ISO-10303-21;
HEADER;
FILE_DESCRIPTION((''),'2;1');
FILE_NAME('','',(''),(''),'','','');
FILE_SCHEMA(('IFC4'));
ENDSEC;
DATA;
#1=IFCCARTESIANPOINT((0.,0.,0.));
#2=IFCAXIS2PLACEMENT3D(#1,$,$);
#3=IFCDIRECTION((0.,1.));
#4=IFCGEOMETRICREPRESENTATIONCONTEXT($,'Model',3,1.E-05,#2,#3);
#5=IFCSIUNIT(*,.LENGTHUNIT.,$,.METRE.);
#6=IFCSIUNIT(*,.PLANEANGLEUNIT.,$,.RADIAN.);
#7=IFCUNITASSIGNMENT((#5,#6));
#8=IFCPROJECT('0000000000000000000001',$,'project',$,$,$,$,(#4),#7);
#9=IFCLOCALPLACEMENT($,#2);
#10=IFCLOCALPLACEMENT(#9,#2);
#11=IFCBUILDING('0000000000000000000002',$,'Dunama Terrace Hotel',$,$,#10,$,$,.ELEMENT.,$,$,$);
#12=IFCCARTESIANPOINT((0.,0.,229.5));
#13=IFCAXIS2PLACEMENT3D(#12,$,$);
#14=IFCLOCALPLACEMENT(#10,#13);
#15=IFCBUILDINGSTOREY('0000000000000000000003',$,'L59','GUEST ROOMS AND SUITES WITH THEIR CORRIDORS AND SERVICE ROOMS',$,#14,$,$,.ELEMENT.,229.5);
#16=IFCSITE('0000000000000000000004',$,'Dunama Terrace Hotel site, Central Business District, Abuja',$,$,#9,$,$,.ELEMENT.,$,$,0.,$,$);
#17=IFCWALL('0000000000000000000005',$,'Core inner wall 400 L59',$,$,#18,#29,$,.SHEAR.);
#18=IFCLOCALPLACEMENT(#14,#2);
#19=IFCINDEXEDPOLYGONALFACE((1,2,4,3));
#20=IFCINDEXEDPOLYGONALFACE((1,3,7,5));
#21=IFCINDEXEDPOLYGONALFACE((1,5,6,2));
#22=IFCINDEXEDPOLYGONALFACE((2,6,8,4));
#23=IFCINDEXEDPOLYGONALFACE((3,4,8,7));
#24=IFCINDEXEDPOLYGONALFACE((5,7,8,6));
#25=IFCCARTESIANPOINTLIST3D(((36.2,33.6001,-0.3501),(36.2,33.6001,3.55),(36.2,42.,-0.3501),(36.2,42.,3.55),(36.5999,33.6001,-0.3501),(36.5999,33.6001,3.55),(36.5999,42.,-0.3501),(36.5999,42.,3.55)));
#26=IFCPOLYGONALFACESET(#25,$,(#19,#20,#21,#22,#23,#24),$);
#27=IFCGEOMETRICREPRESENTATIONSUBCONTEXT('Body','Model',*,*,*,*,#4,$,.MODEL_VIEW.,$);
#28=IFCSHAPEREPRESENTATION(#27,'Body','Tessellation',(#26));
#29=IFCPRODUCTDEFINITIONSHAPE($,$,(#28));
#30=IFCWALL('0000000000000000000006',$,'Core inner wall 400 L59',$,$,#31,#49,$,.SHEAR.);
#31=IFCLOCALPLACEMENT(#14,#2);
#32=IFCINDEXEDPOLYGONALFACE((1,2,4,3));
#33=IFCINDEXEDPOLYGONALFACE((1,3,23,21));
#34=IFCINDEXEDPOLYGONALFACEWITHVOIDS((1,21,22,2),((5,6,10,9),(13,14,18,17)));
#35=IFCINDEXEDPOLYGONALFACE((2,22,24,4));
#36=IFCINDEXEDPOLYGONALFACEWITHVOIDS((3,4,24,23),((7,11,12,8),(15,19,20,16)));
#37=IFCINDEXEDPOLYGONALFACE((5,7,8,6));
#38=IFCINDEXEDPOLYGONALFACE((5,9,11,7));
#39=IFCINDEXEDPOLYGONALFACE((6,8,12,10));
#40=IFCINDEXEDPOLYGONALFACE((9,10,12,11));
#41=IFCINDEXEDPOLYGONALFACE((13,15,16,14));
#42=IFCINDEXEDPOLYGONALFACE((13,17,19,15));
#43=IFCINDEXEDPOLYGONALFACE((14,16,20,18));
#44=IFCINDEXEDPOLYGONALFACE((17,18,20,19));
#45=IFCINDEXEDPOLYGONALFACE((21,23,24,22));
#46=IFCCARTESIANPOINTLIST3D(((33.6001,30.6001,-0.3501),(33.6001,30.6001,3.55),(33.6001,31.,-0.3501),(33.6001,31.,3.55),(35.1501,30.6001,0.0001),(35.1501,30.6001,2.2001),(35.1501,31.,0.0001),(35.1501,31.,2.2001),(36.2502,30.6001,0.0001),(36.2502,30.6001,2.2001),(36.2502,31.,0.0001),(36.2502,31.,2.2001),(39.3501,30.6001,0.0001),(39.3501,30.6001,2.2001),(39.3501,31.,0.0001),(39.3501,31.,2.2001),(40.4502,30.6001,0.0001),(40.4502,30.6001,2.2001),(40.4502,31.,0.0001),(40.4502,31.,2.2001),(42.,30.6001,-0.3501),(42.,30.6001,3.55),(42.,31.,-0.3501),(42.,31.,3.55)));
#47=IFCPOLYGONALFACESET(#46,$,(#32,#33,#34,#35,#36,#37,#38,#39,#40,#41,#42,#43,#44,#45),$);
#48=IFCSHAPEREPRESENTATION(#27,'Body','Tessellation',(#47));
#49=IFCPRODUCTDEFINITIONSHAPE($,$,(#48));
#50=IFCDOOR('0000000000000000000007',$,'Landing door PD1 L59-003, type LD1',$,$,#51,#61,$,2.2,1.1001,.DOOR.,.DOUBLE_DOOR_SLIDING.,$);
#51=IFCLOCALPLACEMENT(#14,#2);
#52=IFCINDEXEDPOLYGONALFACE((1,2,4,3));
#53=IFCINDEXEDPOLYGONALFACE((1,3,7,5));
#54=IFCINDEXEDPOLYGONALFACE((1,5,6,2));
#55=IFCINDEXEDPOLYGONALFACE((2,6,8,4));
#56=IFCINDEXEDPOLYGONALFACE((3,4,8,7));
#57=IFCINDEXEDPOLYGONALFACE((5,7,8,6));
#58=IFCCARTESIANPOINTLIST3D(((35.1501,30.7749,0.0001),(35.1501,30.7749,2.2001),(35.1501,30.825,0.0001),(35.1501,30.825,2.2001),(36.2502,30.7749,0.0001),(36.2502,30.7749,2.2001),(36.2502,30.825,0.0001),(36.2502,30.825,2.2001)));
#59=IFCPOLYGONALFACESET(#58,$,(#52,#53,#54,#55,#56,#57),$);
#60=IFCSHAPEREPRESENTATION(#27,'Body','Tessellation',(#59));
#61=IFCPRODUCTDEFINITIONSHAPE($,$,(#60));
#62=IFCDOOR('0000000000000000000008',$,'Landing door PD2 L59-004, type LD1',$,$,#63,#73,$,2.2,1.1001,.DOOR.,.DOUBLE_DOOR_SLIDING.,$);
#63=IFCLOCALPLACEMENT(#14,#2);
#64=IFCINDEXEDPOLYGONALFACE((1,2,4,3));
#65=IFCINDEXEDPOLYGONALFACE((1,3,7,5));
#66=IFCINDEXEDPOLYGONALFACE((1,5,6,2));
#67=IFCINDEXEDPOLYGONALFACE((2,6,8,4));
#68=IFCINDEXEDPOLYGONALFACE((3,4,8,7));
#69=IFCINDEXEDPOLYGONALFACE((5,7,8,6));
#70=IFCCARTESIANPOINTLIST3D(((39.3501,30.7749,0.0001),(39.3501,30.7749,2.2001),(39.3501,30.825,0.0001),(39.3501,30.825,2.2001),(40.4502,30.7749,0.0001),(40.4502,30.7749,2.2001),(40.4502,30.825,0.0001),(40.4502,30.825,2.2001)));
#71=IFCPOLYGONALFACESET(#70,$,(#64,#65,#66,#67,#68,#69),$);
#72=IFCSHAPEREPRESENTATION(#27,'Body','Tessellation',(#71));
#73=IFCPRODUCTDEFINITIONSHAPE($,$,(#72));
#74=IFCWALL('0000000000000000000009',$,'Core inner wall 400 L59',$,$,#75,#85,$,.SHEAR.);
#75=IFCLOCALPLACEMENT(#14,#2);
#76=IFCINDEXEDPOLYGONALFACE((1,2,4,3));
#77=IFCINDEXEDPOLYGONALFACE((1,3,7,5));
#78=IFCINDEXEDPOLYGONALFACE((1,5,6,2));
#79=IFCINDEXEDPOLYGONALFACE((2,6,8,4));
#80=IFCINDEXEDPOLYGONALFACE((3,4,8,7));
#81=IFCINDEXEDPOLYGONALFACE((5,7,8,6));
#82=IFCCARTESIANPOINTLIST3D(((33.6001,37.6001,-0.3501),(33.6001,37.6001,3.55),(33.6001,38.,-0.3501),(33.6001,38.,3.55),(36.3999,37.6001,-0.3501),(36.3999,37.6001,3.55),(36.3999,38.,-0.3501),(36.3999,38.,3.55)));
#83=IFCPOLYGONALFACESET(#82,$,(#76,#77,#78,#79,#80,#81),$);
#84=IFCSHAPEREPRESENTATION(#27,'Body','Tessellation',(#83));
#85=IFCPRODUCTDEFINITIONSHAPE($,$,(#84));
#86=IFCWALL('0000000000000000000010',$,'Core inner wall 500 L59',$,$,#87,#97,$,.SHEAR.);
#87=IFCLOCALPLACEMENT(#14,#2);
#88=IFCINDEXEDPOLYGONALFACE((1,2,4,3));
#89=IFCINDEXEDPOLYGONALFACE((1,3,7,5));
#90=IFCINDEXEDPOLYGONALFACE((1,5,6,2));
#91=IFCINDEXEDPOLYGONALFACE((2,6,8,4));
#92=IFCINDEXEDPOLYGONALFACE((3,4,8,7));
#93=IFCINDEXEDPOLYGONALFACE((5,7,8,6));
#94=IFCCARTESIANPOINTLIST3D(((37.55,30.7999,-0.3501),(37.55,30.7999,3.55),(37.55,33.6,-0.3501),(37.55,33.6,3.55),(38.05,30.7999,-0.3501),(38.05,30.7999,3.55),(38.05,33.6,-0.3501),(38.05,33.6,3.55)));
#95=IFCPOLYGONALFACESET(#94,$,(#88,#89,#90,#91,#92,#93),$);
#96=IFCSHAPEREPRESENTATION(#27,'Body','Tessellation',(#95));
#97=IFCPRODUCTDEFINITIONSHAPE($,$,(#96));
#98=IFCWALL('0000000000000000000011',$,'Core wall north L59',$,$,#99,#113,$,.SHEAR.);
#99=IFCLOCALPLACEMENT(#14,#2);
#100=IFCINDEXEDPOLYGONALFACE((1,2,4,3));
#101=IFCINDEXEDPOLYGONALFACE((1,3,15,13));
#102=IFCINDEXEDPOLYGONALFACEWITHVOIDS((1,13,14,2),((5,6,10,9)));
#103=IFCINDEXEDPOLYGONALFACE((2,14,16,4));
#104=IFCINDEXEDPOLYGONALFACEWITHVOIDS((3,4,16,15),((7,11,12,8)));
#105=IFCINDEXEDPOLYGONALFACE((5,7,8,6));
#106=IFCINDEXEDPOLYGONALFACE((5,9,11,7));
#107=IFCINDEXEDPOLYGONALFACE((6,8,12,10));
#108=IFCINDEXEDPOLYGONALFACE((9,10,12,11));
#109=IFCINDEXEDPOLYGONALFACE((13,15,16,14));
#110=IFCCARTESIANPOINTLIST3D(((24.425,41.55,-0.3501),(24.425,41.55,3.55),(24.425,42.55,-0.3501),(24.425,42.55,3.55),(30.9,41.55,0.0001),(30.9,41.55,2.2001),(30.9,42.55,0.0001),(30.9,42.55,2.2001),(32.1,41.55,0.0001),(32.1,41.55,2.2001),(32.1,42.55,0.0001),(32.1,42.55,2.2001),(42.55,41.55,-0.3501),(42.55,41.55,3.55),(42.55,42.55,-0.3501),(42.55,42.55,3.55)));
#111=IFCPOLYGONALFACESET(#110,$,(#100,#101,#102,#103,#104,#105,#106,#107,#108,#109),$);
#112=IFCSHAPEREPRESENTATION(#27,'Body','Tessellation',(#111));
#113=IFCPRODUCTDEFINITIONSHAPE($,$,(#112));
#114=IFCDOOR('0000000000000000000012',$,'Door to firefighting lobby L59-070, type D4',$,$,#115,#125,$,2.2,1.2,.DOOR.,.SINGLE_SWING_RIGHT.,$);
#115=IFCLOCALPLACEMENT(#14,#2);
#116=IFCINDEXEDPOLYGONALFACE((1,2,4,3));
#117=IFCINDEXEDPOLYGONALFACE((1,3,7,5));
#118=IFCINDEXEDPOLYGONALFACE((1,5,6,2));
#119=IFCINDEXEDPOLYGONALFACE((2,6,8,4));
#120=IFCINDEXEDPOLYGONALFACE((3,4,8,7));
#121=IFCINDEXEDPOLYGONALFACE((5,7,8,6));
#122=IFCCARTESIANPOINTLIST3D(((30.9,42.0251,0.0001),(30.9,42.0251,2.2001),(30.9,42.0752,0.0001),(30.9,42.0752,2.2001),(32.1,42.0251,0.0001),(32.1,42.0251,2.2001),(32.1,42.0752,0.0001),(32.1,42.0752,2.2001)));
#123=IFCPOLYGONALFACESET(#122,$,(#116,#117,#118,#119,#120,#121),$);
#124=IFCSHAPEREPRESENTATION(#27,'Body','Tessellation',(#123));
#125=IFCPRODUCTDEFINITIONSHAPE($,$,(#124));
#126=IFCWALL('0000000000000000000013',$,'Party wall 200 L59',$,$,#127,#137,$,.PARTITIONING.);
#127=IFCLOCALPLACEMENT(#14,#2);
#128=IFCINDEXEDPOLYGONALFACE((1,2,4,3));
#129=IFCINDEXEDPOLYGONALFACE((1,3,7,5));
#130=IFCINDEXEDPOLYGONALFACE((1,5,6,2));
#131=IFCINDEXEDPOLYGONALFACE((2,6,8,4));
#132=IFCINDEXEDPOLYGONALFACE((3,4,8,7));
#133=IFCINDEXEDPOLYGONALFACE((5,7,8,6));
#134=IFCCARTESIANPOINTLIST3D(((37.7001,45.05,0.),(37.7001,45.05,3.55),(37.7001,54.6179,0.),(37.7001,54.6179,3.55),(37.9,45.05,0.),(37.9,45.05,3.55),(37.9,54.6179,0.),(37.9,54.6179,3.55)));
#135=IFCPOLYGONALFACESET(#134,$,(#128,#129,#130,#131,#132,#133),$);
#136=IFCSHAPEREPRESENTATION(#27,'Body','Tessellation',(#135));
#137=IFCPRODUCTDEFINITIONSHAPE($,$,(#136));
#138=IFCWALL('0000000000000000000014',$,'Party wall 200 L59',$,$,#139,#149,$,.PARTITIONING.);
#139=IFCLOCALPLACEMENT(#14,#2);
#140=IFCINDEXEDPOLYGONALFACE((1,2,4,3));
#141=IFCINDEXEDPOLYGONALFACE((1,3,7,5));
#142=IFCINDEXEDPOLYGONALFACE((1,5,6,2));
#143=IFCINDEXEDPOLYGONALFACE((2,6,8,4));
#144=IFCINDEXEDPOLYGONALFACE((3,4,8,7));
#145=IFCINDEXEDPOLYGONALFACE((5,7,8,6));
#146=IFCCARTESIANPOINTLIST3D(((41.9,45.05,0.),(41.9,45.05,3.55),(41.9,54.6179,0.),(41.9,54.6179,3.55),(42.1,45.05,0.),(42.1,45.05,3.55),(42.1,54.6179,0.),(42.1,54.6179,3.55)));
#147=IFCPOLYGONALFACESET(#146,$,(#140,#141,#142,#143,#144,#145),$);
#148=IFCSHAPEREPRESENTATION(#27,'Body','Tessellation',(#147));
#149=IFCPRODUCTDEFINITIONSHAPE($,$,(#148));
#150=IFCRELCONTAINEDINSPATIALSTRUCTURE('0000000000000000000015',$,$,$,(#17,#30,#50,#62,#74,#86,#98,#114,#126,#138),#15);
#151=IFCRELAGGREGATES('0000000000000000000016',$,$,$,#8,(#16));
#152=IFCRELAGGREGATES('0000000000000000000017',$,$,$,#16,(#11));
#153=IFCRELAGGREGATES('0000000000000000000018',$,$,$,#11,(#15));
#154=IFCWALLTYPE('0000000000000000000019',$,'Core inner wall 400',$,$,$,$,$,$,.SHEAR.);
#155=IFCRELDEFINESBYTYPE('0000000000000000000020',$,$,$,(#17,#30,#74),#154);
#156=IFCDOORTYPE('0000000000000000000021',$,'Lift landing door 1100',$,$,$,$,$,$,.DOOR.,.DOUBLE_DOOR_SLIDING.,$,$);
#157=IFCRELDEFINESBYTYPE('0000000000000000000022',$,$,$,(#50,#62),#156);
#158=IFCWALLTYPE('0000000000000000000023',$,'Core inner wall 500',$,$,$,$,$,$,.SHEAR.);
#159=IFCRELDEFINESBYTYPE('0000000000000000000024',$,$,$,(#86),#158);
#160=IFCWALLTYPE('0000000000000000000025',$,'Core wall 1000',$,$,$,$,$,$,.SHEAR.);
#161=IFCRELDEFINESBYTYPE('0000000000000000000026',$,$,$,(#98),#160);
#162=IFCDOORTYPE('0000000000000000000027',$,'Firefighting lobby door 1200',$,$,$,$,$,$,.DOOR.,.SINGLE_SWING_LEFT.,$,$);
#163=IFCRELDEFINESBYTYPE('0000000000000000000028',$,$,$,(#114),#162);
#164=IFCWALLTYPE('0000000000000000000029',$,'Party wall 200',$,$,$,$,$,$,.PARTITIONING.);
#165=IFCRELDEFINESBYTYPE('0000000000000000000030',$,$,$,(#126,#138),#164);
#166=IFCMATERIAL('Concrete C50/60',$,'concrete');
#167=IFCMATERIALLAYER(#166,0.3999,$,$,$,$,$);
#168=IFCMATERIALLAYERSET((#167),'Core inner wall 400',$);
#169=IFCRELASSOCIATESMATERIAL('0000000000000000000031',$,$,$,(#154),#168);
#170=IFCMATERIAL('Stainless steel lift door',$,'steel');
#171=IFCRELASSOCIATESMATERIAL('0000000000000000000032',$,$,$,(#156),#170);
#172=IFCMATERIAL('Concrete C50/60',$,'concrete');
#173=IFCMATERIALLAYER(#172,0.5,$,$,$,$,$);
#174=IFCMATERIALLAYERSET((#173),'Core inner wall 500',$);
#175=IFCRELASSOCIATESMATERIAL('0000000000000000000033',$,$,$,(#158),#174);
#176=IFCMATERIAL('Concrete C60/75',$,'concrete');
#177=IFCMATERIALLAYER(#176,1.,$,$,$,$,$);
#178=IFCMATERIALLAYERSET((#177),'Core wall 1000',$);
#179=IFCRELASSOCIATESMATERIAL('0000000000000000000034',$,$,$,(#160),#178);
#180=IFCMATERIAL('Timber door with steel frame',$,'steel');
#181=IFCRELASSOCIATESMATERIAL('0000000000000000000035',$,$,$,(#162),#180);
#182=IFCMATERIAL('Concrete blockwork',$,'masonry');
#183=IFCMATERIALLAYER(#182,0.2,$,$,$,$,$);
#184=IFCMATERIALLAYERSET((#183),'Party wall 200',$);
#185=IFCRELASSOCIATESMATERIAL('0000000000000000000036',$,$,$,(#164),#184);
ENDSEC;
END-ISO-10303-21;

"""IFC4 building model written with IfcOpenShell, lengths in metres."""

from ifc_helpers import new_model, si_unit, direction, frame, frame_2d, origin, place, context, subcontext, project, spatial, rectangle, extrude, material, layer, layer_set, type_object, element, fill, save


model = new_model("IFC4")

# Units and contexts
model_context = context("Model", 3, precision=1e-05, world=origin(), true_north=direction((0.0, 1.0)))
body_context = subcontext(model_context, "Body", "Model", "MODEL_VIEW")
ifc_project = project(units=[si_unit("LENGTHUNIT", "METRE"), si_unit("PLANEANGLEUNIT", "RADIAN")], contexts=[model_context])

# Site, building, storey
site_placement = place(None, origin())
site = spatial("IfcSite", under=ifc_project, at=site_placement, Name="Dunama Terrace Hotel site, Central Business District, Abuja", CompositionType="ELEMENT", RefElevation=0.0)
building_placement = place(site_placement, origin())
building = spatial("IfcBuilding", under=site, at=building_placement, Name="Dunama Terrace Hotel", CompositionType="ELEMENT")
storey_placement = place(building_placement, frame((0.0, 0.0, 229.5)))
storey = spatial("IfcBuildingStorey", under=building, at=storey_placement, Name="L59", Description="GUEST ROOMS AND SUITES WITH THEIR CORRIDORS AND SERVICE ROOMS", CompositionType="ELEMENT", Elevation=229.5)

# Wall
ifc_material_1 = material(Name="Concrete C50/60", Category="concrete")
ifc_layer_1 = layer(ifc_material_1, 0.3999)
ifc_layer_set_1 = layer_set([ifc_layer_1], Name="Core inner wall 400")
wall_type_1 = type_object("IfcWallType", Name="Core inner wall 400", PredefinedType="SHEAR", material=ifc_layer_set_1)
wall_1_placement = place(storey_placement, frame((36.3999, 33.6001, -0.3501), z_axis=(0.0, 0.0, 1.0), x_axis=(0.0, 1.0, 0.0)))
element("IfcWall", 1, at=wall_1_placement, inside=storey, type_object=wall_type_1, Name="Core inner wall 400 L59", PredefinedType="SHEAR", context=body_context, shape_type="SweptSolid", body=[
    extrude(rectangle(XDim=8.3999, YDim=0.3999, at=frame_2d((4.2, 0.0))), origin(), (0.0, 0.0, 1.0), 3.9001),
])

# Wall, openings, doors
wall_2_placement = place(storey_placement, frame((33.6001, 30.8, -0.3501), z_axis=(0.0, 0.0, 1.0), x_axis=(1.0, 0.0, 0.0)))
wall_2 = element("IfcWall", 2, at=wall_2_placement, inside=storey, type_object=wall_type_1, Name="Core inner wall 400 L59", PredefinedType="SHEAR", context=body_context, shape_type="SweptSolid", body=[
    extrude(rectangle(XDim=8.3999, YDim=0.3999, at=frame_2d((4.2, 0.0))), origin(), (0.0, 0.0, 1.0), 3.9001),
])
opening_1_placement = place(wall_2_placement, frame((1.55, 0.0, 0.3501)))
opening_1 = element("IfcOpeningElement", 3, at=opening_1_placement, cuts=wall_2, PredefinedType="OPENING", context=body_context, shape_type="SweptSolid", body=[
    extrude(rectangle(XDim=1.1001, YDim=2.2, at=frame_2d((0.55, 1.1001))), frame((0.0, 0.21, 0.0), z_axis=(0.0, -1.0, 0.0), x_axis=(1.0, 0.0, 0.0)), (0.0, 0.0, 1.0), 0.4199),
])
opening_2_placement = place(wall_2_placement, frame((5.75, 0.0, 0.3501)))
opening_2 = element("IfcOpeningElement", 4, at=opening_2_placement, cuts=wall_2, PredefinedType="OPENING", context=body_context, shape_type="SweptSolid", body=[
    extrude(rectangle(XDim=1.1001, YDim=2.2, at=frame_2d((0.55, 1.1001))), frame((0.0, 0.21, 0.0), z_axis=(0.0, -1.0, 0.0), x_axis=(1.0, 0.0, 0.0)), (0.0, 0.0, 1.0), 0.4199),
])
ifc_material_2 = material(Name="Stainless steel lift door", Category="steel")
door_type_1 = type_object("IfcDoorType", Name="Lift landing door 1100", OperationType="DOUBLE_DOOR_SLIDING", PredefinedType="DOOR", material=ifc_material_2)
door_1_placement = place(opening_1_placement, origin())
door_1 = element("IfcDoor", 5, at=door_1_placement, inside=storey, type_object=door_type_1, Name="Landing door PD1 L59-003, type LD1", OperationType="DOUBLE_DOOR_SLIDING", OverallHeight=2.2, OverallWidth=1.1001, PredefinedType="DOOR", context=body_context, shape_type="SweptSolid", body=[
    extrude(rectangle(XDim=1.1001, YDim=2.2, at=frame_2d((0.55, 1.1001))), frame((0.0, 0.0249, 0.0), z_axis=(0.0, -1.0, 0.0), x_axis=(1.0, 0.0, 0.0)), (0.0, 0.0, 1.0), 0.05),
])
fill(opening_1, door_1)
door_2_placement = place(opening_2_placement, origin())
door_2 = element("IfcDoor", 6, at=door_2_placement, inside=storey, type_object=door_type_1, Name="Landing door PD2 L59-004, type LD1", OperationType="DOUBLE_DOOR_SLIDING", OverallHeight=2.2, OverallWidth=1.1001, PredefinedType="DOOR", context=body_context, shape_type="SweptSolid", body=[
    extrude(rectangle(XDim=1.1001, YDim=2.2, at=frame_2d((0.55, 1.1001))), frame((0.0, 0.0249, 0.0), z_axis=(0.0, -1.0, 0.0), x_axis=(1.0, 0.0, 0.0)), (0.0, 0.0, 1.0), 0.05),
])
fill(opening_2, door_2)

# Walls
wall_3_placement = place(storey_placement, frame((33.6001, 37.8, -0.3501), z_axis=(0.0, 0.0, 1.0), x_axis=(1.0, 0.0, 0.0)))
element("IfcWall", 7, at=wall_3_placement, inside=storey, type_object=wall_type_1, Name="Core inner wall 400 L59", PredefinedType="SHEAR", context=body_context, shape_type="SweptSolid", body=[
    extrude(rectangle(XDim=2.7998, YDim=0.3999, at=frame_2d((1.3999, 0.0))), origin(), (0.0, 0.0, 1.0), 3.9001),
])
ifc_material_3 = material(Name="Concrete C50/60", Category="concrete")
ifc_layer_2 = layer(ifc_material_3, 0.5)
ifc_layer_set_2 = layer_set([ifc_layer_2], Name="Core inner wall 500")
wall_type_2 = type_object("IfcWallType", Name="Core inner wall 500", PredefinedType="SHEAR", material=ifc_layer_set_2)
wall_4_placement = place(storey_placement, frame((37.8, 30.8, -0.3501), z_axis=(0.0, 0.0, 1.0), x_axis=(0.0, 1.0, 0.0)))
element("IfcWall", 8, at=wall_4_placement, inside=storey, type_object=wall_type_2, Name="Core inner wall 500 L59", PredefinedType="SHEAR", context=body_context, shape_type="SweptSolid", body=[
    extrude(rectangle(XDim=2.8, YDim=0.5, at=frame_2d((1.3999, 0.0))), origin(), (0.0, 0.0, 1.0), 3.9001),
])

# Wall, opening, door
ifc_material_4 = material(Name="Concrete C60/75", Category="concrete")
ifc_layer_3 = layer(ifc_material_4, 1.0)
ifc_layer_set_3 = layer_set([ifc_layer_3], Name="Core wall 1000")
wall_type_3 = type_object("IfcWallType", Name="Core wall 1000", PredefinedType="SHEAR", material=ifc_layer_set_3)
wall_5_placement = place(storey_placement, frame((42.55, 42.05, -0.3501), z_axis=(0.0, 0.0, 1.0), x_axis=(-1.0, 0.0, 0.0)))
wall_5 = element("IfcWall", 9, at=wall_5_placement, inside=storey, type_object=wall_type_3, Name="Core wall north L59", PredefinedType="SHEAR", context=body_context, shape_type="SweptSolid", body=[
    extrude(rectangle(XDim=18.125, YDim=1.0, at=frame_2d((9.0625, 0.0))), origin(), (0.0, 0.0, 1.0), 3.9001),
])
opening_3_placement = place(wall_5_placement, frame((10.45, 0.0, 0.3501)))
opening_3 = element("IfcOpeningElement", 10, at=opening_3_placement, cuts=wall_5, PredefinedType="OPENING", context=body_context, shape_type="SweptSolid", body=[
    extrude(rectangle(XDim=1.2, YDim=2.2, at=frame_2d((0.6001, 1.1001))), frame((0.0, 0.51, 0.0), z_axis=(0.0, -1.0, 0.0), x_axis=(1.0, 0.0, 0.0)), (0.0, 0.0, 1.0), 1.02),
])
ifc_material_5 = material(Name="Timber door with steel frame", Category="steel")
door_type_2 = type_object("IfcDoorType", Name="Firefighting lobby door 1200", OperationType="SINGLE_SWING_LEFT", PredefinedType="DOOR", material=ifc_material_5)
door_3_placement = place(opening_3_placement, origin())
door_3 = element("IfcDoor", 11, at=door_3_placement, inside=storey, type_object=door_type_2, Name="Door to firefighting lobby L59-070, type D4", OperationType="SINGLE_SWING_RIGHT", OverallHeight=2.2, OverallWidth=1.2, PredefinedType="DOOR", context=body_context, shape_type="SweptSolid", body=[
    extrude(rectangle(XDim=1.2, YDim=2.2, at=frame_2d((0.6001, 1.1001))), frame((0.0, 0.0249, 0.0), z_axis=(0.0, -1.0, 0.0), x_axis=(1.0, 0.0, 0.0)), (0.0, 0.0, 1.0), 0.05),
])
fill(opening_3, door_3)

# Walls
ifc_material_6 = material(Name="Concrete blockwork", Category="masonry")
ifc_layer_4 = layer(ifc_material_6, 0.2)
ifc_layer_set_4 = layer_set([ifc_layer_4], Name="Party wall 200")
wall_type_4 = type_object("IfcWallType", Name="Party wall 200", PredefinedType="PARTITIONING", material=ifc_layer_set_4)
for number, where, z_axis, x_axis, name in (
    (12, (37.8, 45.05, 0.0), (0.0, 0.0, 1.0), (0.0, 1.0, 0.0), "Party wall 200 L59"),
    (13, (42.0, 45.05, 0.0), (0.0, 0.0, 1.0), (0.0, 1.0, 0.0), "Party wall 200 L59"),
):
    element("IfcWall", number, at=place(storey_placement, frame(where, z_axis=z_axis, x_axis=x_axis)), inside=storey, type_object=wall_type_4, Name=name, PredefinedType="PARTITIONING", context=body_context, shape_type="SweptSolid", body=[
        extrude(rectangle(XDim=9.5679, YDim=0.2, at=frame_2d((4.7839, 0.0))), origin(), (0.0, 0.0, 1.0), 3.55),
    ])

save(model, "model.ifc")
